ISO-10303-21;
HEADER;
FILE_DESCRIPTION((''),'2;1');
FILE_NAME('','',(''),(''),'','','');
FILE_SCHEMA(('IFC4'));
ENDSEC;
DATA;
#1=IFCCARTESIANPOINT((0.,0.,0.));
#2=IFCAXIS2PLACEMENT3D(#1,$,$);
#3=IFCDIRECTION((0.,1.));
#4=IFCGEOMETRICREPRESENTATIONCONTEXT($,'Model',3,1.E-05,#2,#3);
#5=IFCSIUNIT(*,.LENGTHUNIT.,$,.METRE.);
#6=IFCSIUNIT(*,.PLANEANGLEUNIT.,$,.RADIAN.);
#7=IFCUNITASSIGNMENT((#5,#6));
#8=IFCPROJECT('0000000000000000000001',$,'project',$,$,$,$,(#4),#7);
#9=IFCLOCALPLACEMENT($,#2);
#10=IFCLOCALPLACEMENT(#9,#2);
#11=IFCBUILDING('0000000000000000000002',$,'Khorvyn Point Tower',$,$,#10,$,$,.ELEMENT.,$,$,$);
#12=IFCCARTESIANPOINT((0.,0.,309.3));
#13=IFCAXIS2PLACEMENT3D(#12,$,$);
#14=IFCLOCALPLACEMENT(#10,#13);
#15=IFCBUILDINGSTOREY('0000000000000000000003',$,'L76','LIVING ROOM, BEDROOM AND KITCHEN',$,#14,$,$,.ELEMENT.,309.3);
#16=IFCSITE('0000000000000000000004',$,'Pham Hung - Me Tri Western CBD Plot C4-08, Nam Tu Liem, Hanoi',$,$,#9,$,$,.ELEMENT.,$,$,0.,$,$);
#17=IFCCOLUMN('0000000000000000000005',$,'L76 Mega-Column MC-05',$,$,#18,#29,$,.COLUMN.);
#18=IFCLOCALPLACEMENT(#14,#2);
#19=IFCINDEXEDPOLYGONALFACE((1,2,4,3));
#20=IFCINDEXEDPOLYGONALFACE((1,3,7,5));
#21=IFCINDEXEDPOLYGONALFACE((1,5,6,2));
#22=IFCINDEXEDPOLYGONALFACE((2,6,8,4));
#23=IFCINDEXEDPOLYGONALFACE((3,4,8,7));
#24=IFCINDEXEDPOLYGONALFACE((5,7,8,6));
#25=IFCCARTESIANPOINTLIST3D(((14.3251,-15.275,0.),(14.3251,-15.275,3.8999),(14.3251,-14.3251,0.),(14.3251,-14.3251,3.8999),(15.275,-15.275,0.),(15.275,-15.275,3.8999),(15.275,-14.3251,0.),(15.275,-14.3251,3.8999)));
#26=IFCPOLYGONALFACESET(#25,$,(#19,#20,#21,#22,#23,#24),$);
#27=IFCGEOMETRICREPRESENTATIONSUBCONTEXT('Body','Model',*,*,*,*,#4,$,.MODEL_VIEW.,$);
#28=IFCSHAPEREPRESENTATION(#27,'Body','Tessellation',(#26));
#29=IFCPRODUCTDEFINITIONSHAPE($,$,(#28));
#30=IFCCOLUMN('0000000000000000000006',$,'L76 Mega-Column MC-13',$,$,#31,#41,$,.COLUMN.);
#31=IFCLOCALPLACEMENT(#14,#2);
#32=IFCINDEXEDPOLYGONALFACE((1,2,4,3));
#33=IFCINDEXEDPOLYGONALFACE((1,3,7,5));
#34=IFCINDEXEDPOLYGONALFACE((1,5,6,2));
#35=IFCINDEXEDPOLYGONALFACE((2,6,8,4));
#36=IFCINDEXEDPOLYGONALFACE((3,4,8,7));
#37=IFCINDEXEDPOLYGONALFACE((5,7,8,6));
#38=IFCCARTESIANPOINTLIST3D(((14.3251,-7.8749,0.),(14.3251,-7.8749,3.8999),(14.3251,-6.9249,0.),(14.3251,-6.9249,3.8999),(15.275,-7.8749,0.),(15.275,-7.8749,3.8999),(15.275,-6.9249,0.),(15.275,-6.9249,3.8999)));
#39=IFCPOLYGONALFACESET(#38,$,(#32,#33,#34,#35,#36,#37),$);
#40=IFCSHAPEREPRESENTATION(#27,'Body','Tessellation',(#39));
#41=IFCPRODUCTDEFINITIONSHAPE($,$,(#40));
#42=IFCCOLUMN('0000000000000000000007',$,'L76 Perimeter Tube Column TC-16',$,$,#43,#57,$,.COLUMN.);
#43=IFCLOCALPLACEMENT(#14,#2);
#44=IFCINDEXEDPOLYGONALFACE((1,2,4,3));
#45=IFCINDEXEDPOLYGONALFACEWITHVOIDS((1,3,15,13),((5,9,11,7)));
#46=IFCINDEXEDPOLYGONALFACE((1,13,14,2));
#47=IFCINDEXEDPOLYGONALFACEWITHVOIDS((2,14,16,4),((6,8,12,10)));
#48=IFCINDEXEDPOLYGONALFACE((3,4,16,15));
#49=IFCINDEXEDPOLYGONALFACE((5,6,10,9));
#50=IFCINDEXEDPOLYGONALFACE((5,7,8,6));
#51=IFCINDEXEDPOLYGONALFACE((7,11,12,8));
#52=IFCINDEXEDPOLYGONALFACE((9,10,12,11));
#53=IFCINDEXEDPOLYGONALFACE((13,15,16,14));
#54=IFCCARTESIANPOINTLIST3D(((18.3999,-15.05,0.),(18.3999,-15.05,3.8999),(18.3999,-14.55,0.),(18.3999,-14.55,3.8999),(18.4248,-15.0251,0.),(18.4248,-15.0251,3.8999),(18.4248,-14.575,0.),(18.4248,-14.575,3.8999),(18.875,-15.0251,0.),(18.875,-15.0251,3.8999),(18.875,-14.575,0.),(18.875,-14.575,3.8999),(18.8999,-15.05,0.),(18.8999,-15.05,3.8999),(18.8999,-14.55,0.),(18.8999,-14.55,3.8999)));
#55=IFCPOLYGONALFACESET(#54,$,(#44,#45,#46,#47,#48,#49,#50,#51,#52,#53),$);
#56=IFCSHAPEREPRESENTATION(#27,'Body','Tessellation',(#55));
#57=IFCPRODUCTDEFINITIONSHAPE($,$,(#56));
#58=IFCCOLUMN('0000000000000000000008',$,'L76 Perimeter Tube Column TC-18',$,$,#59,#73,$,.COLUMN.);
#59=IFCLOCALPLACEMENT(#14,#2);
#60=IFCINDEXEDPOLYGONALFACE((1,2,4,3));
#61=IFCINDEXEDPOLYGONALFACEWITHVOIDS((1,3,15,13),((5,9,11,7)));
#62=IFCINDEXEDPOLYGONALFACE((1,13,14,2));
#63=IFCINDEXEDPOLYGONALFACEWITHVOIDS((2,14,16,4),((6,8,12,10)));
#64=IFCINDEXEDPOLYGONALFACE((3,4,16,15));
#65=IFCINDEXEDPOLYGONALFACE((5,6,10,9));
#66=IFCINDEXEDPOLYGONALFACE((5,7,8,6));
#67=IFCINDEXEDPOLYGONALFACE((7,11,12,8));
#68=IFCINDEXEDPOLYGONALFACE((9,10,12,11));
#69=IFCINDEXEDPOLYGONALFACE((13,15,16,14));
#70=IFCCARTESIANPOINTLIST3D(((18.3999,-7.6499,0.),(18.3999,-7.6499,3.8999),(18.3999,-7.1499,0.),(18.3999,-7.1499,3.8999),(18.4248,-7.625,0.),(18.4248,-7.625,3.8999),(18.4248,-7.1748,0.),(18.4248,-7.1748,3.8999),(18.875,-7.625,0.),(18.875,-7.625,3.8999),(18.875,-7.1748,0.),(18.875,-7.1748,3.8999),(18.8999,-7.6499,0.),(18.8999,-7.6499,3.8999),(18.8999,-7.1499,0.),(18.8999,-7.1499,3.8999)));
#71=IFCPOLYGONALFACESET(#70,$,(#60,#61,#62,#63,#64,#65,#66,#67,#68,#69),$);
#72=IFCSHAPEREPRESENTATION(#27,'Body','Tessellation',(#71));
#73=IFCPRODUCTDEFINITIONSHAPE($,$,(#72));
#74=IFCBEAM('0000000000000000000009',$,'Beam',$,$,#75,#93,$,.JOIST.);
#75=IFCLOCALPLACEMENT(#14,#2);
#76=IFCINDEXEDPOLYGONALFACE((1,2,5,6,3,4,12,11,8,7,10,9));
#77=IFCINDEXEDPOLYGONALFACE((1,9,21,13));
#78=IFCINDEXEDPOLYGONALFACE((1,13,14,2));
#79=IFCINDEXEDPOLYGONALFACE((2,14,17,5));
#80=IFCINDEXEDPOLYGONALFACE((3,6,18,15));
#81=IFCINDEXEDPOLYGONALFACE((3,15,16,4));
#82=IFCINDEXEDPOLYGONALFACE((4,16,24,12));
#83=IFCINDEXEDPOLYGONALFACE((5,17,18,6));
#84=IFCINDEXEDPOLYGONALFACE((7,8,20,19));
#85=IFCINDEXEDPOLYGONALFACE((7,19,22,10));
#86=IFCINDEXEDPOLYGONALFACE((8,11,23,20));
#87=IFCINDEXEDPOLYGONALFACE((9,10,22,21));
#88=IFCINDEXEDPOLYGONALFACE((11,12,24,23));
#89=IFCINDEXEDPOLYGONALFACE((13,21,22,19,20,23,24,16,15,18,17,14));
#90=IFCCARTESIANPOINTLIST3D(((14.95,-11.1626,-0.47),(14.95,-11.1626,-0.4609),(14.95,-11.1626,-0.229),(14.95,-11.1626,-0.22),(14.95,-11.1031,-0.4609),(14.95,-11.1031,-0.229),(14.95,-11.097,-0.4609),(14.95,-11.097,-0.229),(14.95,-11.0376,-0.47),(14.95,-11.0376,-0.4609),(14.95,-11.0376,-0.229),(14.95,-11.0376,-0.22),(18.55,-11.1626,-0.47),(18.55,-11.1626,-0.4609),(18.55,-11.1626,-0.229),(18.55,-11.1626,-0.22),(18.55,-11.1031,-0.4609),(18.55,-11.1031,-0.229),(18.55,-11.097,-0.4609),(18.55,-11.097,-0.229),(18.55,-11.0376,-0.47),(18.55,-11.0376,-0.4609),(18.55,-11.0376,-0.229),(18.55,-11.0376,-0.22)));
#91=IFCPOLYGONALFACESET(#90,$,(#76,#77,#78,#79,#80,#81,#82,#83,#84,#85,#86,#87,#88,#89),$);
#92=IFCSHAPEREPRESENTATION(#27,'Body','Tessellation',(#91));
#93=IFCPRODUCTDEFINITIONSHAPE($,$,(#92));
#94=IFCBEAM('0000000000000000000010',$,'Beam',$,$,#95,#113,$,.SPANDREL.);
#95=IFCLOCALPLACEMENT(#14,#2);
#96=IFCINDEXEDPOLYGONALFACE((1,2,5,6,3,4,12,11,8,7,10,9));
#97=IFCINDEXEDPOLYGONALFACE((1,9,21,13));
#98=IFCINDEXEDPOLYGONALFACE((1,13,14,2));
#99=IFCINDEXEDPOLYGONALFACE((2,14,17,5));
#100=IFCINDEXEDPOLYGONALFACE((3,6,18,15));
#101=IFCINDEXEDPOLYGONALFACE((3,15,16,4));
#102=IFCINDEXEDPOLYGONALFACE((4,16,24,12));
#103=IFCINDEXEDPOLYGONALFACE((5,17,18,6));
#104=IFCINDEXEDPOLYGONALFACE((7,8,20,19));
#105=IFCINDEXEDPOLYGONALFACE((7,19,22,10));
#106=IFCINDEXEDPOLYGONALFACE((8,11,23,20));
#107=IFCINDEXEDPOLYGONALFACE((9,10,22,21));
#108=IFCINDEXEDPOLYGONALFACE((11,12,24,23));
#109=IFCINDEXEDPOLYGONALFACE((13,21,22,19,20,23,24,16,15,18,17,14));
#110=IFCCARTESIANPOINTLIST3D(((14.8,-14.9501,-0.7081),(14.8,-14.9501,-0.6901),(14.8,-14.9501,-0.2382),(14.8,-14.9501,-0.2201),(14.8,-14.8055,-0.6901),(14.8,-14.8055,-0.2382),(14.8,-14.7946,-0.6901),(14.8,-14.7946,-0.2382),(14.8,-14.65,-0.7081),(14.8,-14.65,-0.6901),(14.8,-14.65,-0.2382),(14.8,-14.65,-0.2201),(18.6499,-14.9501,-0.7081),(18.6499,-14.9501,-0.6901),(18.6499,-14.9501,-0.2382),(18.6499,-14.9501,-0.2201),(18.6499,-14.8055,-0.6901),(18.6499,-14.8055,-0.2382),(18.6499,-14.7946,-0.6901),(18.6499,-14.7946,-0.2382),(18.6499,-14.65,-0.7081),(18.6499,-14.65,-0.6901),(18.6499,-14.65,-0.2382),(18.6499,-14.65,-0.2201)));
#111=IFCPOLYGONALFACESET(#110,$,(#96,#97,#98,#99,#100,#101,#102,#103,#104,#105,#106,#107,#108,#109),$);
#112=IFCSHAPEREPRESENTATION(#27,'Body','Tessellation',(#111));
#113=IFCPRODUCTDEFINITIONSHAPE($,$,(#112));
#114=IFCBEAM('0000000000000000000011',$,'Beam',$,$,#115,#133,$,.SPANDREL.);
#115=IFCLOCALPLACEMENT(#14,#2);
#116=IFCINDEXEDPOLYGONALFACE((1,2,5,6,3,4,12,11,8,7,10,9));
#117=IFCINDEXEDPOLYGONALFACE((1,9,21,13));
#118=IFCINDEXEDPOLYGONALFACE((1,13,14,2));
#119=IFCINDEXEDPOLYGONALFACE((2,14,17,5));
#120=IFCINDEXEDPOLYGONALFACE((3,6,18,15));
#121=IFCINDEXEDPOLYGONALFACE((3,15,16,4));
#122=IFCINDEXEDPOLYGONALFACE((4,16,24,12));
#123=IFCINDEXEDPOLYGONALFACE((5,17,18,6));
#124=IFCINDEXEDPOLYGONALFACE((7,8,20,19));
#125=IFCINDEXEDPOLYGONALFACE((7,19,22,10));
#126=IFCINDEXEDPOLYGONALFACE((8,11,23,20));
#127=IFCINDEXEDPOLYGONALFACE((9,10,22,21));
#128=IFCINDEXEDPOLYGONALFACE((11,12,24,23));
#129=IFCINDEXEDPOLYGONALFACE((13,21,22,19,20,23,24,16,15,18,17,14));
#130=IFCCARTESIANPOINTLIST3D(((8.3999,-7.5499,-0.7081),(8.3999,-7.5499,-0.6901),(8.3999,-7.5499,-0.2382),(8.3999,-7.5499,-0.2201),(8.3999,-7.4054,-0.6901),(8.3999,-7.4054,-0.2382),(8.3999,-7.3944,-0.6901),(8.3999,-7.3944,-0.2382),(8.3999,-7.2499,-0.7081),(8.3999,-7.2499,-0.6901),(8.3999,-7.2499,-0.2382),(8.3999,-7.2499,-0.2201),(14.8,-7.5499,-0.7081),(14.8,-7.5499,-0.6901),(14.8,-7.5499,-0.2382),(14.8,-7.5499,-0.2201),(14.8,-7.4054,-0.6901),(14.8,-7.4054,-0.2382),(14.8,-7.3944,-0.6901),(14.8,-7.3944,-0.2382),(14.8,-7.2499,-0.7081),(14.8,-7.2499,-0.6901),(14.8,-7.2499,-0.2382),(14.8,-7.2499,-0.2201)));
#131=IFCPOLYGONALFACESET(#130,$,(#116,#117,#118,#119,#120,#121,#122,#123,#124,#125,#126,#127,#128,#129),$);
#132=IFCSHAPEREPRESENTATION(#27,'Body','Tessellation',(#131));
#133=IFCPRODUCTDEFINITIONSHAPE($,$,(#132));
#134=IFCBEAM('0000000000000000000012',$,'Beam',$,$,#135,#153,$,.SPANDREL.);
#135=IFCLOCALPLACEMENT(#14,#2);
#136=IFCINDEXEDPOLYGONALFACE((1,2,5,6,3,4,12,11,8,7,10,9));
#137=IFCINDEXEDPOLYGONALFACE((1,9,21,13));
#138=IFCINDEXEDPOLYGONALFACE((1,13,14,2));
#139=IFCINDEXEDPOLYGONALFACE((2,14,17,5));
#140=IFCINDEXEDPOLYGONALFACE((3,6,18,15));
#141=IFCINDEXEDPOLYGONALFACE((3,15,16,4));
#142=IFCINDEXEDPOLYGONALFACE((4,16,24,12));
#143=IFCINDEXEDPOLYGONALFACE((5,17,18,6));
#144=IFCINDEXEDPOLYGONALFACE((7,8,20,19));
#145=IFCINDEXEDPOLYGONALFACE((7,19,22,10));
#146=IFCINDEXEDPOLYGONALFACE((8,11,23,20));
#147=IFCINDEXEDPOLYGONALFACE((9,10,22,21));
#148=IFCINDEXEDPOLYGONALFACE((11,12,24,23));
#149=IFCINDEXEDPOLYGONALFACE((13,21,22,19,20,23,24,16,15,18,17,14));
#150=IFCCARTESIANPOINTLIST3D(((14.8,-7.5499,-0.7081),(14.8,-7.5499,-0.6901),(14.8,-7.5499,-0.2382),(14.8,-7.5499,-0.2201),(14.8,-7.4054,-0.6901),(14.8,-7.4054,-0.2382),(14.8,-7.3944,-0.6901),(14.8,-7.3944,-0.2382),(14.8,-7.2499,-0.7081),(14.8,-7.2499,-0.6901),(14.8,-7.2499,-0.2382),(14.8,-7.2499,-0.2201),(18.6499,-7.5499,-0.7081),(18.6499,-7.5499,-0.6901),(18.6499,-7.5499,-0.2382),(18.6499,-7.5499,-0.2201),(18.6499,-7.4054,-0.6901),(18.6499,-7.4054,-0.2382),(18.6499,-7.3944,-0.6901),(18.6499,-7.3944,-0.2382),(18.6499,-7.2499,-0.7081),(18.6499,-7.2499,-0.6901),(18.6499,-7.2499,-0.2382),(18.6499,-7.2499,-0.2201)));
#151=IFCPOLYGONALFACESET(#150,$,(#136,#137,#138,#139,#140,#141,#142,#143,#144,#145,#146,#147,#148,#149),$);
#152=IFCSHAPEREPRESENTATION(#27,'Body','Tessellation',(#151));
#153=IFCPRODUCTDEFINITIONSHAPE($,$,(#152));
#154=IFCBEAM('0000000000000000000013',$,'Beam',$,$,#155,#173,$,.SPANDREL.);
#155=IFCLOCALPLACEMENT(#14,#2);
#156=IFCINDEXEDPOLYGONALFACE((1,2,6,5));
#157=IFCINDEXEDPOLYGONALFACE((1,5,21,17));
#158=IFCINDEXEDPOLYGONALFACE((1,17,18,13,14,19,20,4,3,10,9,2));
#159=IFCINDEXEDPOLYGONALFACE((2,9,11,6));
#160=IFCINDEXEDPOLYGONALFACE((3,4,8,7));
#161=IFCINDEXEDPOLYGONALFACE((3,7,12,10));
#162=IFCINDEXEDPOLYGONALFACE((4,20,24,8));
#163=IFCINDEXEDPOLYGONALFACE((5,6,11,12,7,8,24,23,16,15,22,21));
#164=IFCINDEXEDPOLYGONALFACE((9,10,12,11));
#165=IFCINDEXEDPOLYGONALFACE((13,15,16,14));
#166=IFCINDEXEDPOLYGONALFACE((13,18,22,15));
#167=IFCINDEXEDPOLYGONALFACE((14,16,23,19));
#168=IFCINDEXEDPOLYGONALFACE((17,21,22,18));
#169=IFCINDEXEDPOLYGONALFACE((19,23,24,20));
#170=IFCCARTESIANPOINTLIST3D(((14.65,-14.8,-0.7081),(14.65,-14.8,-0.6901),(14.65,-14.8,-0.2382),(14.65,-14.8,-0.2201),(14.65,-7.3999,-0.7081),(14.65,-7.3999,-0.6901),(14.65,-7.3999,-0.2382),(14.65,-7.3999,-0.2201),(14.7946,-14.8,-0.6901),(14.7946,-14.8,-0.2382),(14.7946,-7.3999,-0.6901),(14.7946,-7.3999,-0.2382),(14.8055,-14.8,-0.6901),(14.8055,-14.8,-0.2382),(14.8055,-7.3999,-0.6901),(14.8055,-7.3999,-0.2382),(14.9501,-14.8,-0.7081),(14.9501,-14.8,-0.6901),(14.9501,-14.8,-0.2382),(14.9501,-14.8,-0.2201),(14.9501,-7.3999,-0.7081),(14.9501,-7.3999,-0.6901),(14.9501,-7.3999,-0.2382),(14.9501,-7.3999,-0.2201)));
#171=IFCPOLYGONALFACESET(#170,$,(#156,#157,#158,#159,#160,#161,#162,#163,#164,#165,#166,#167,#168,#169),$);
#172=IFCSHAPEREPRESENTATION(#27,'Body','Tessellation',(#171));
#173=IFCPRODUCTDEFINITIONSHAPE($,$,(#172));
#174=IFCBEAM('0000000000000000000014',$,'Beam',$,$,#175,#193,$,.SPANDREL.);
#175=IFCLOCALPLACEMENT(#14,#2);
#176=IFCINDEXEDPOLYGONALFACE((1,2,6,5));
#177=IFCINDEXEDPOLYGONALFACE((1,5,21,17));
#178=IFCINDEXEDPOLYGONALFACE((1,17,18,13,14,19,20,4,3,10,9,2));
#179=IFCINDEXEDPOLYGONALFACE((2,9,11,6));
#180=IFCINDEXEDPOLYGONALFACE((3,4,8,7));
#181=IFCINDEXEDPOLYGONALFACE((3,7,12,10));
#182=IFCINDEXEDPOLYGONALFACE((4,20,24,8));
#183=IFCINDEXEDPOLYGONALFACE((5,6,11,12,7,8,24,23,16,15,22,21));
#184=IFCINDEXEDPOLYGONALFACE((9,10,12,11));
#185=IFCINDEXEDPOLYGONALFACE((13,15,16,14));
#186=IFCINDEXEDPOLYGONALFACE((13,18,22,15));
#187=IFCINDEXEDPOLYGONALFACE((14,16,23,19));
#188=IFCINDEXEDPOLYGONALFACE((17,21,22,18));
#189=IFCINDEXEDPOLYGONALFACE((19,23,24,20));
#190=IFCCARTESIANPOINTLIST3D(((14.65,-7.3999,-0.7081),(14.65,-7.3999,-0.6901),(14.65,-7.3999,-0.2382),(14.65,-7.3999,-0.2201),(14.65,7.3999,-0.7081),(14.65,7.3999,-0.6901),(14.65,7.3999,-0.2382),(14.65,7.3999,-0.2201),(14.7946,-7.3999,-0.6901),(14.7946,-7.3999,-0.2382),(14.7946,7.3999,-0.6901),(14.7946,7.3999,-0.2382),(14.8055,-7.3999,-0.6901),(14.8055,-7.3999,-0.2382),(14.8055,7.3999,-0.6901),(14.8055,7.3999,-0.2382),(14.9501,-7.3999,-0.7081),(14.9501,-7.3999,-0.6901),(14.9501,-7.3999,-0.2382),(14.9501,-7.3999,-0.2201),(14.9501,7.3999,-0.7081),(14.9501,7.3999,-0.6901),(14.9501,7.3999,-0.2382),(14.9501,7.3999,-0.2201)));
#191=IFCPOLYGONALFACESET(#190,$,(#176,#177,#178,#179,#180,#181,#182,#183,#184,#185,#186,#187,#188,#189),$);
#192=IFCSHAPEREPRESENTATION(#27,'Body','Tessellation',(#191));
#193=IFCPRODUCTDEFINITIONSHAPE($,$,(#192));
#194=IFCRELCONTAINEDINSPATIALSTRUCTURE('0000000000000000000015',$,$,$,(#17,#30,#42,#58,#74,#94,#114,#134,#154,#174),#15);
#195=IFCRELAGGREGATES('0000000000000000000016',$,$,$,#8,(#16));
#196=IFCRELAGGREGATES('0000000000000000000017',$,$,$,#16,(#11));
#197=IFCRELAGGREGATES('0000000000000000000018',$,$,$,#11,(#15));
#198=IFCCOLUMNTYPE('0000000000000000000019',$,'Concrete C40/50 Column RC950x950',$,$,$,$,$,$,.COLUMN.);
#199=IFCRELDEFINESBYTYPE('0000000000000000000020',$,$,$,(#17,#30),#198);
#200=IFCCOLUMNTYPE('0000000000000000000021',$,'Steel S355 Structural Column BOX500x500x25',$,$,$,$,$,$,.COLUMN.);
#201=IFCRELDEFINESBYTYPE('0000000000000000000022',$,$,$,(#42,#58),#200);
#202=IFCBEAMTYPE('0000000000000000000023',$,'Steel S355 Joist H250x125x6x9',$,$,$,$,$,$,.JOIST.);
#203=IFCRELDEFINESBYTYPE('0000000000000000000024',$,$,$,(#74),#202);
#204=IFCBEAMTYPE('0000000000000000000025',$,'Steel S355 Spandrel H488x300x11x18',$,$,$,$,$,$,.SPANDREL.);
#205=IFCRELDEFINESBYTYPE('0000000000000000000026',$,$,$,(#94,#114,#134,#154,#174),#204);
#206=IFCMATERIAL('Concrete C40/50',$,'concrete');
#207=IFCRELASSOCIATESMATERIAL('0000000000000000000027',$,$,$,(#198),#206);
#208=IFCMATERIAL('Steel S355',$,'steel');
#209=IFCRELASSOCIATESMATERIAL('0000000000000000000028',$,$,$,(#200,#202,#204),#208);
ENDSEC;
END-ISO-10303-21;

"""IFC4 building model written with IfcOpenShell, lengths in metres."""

from ifc_helpers import new_model, si_unit, direction, frame, origin, origin_2d, place, context, subcontext, project, spatial, rectangle, hollow_rectangle, i_section, extrude, material, material_profile, profile_set, type_object, element, save


model = new_model("IFC4")

# Units and contexts
model_context = context("Model", 3, precision=1e-05, world=origin(), true_north=direction((0.0, 1.0)))
body_context = subcontext(model_context, "Body", "Model", "MODEL_VIEW")
ifc_project = project(units=[si_unit("LENGTHUNIT", "METRE"), si_unit("PLANEANGLEUNIT", "RADIAN")], contexts=[model_context])

# Site, building, storey
site_placement = place(None, origin())
site = spatial("IfcSite", under=ifc_project, at=site_placement, Name="Pham Hung - Me Tri Western CBD Plot C4-08, Nam Tu Liem, Hanoi", CompositionType="ELEMENT", RefElevation=0.0)
building_placement = place(site_placement, origin())
building = spatial("IfcBuilding", under=site, at=building_placement, Name="Khorvyn Point Tower", CompositionType="ELEMENT")
storey_placement = place(building_placement, frame((0.0, 0.0, 309.3)))
storey = spatial("IfcBuildingStorey", under=building, at=storey_placement, Name="L76", Description="LIVING ROOM, BEDROOM AND KITCHEN", CompositionType="ELEMENT", Elevation=309.3)

# Columns
ifc_material_1 = material(Name="Concrete C40/50", Category="concrete")
ifc_material_profile_1 = material_profile(ifc_material_1, rectangle(XDim=0.95, YDim=0.95, at=origin_2d()))
ifc_profile_set_1 = profile_set([ifc_material_profile_1], Name="Concrete C40/50 RC950x950")
column_type_1 = type_object("IfcColumnType", Name="Concrete C40/50 Column RC950x950", PredefinedType="COLUMN", material=ifc_profile_set_1)
for number, where, z_axis, x_axis, name in (
    (1, (14.8, -14.8, 0.0), (0.0, 0.0, 1.0), (1.0, 0.0, 0.0), "L76 Mega-Column MC-05"),
    (2, (14.8, -7.3999, 0.0), (0.0, 0.0, 1.0), (1.0, 0.0, 0.0), "L76 Mega-Column MC-13"),
):
    element("IfcColumn", number, at=place(storey_placement, frame(where, z_axis=z_axis, x_axis=x_axis)), inside=storey, type_object=column_type_1, Name=name, PredefinedType="COLUMN", context=body_context, shape_type="SweptSolid", body=[
        extrude(rectangle(XDim=0.95, YDim=0.95, at=origin_2d()), origin(), (0.0, 0.0, 1.0), 3.8999),
    ])
ifc_material_2 = material(Name="Steel S355", Category="steel")
ifc_material_profile_2 = material_profile(ifc_material_2, hollow_rectangle(XDim=0.5, YDim=0.5, WallThickness=0.0249, at=origin_2d()))
ifc_profile_set_2 = profile_set([ifc_material_profile_2], Name="Steel S355 BOX500x500x25")
column_type_2 = type_object("IfcColumnType", Name="Steel S355 Structural Column BOX500x500x25", PredefinedType="COLUMN", material=ifc_profile_set_2)
for number, where, z_axis, x_axis, name in (
    (3, (18.6499, -14.8, 0.0), (0.0, 0.0, 1.0), (1.0, 0.0, 0.0), "L76 Perimeter Tube Column TC-16"),
    (4, (18.6499, -7.3999, 0.0), (0.0, 0.0, 1.0), (1.0, 0.0, 0.0), "L76 Perimeter Tube Column TC-18"),
):
    element("IfcColumn", number, at=place(storey_placement, frame(where, z_axis=z_axis, x_axis=x_axis)), inside=storey, type_object=column_type_2, Name=name, PredefinedType="COLUMN", context=body_context, shape_type="SweptSolid", body=[
        extrude(hollow_rectangle(XDim=0.5, YDim=0.5, WallThickness=0.0249, at=origin_2d()), origin(), (0.0, 0.0, 1.0), 3.8999),
    ])

# Beams
ifc_material_profile_3 = material_profile(ifc_material_2, i_section(OverallWidth=0.125, OverallDepth=0.25, WebThickness=0.0061, FlangeThickness=0.009, at=origin_2d()))
ifc_profile_set_3 = profile_set([ifc_material_profile_3], Name="Steel S355 H250x125x6x9")
beam_type_1 = type_object("IfcBeamType", Name="Steel S355 Joist H250x125x6x9", PredefinedType="JOIST", material=ifc_profile_set_3)
beam_1_placement = place(storey_placement, frame((14.95, -11.1001, -0.345), z_axis=(1.0, 0.0, 0.0), x_axis=(0.0, 1.0, 0.0)))
element("IfcBeam", 5, at=beam_1_placement, inside=storey, type_object=beam_type_1, Name="Beam", PredefinedType="JOIST", context=body_context, shape_type="SweptSolid", body=[
    extrude(i_section(OverallWidth=0.125, OverallDepth=0.25, WebThickness=0.0061, FlangeThickness=0.009, at=origin_2d()), origin(), (0.0, 0.0, 1.0), 3.6001),
])
ifc_material_profile_4 = material_profile(ifc_material_2, i_section(OverallWidth=0.3, OverallDepth=0.488, WebThickness=0.011, FlangeThickness=0.0181, at=origin_2d()))
ifc_profile_set_4 = profile_set([ifc_material_profile_4], Name="Steel S355 H488x300x11x18")
beam_type_2 = type_object("IfcBeamType", Name="Steel S355 Spandrel H488x300x11x18", PredefinedType="SPANDREL", material=ifc_profile_set_4)
beam_2_placement = place(storey_placement, frame((14.8, -14.8, -0.4641), z_axis=(1.0, 0.0, 0.0), x_axis=(0.0, 1.0, 0.0)))
element("IfcBeam", 6, at=beam_2_placement, inside=storey, type_object=beam_type_2, Name="Beam", PredefinedType="SPANDREL", context=body_context, shape_type="SweptSolid", body=[
    extrude(i_section(OverallWidth=0.3, OverallDepth=0.488, WebThickness=0.011, FlangeThickness=0.0181, at=origin_2d()), origin(), (0.0, 0.0, 1.0), 3.8499),
])
beam_3_placement = place(storey_placement, frame((8.3999, -7.3999, -0.4641), z_axis=(1.0, 0.0, 0.0), x_axis=(0.0, 1.0, 0.0)))
element("IfcBeam", 7, at=beam_3_placement, inside=storey, type_object=beam_type_2, Name="Beam", PredefinedType="SPANDREL", context=body_context, shape_type="SweptSolid", body=[
    extrude(i_section(OverallWidth=0.3, OverallDepth=0.488, WebThickness=0.011, FlangeThickness=0.0181, at=origin_2d()), origin(), (0.0, 0.0, 1.0), 6.4001),
])
beam_4_placement = place(storey_placement, frame((14.8, -7.3999, -0.4641), z_axis=(1.0, 0.0, 0.0), x_axis=(0.0, 1.0, 0.0)))
element("IfcBeam", 8, at=beam_4_placement, inside=storey, type_object=beam_type_2, Name="Beam", PredefinedType="SPANDREL", context=body_context, shape_type="SweptSolid", body=[
    extrude(i_section(OverallWidth=0.3, OverallDepth=0.488, WebThickness=0.011, FlangeThickness=0.0181, at=origin_2d()), origin(), (0.0, 0.0, 1.0), 3.8499),
])
beam_5_placement = place(storey_placement, frame((14.8, -14.8, -0.4641), z_axis=(0.0, 1.0, 0.0), x_axis=(-1.0, 0.0, 0.0)))
element("IfcBeam", 9, at=beam_5_placement, inside=storey, type_object=beam_type_2, Name="Beam", PredefinedType="SPANDREL", context=body_context, shape_type="SweptSolid", body=[
    extrude(i_section(OverallWidth=0.3, OverallDepth=0.488, WebThickness=0.011, FlangeThickness=0.0181, at=origin_2d()), origin(), (0.0, 0.0, 1.0), 7.4001),
])
beam_6_placement = place(storey_placement, frame((14.8, -7.3999, -0.4641), z_axis=(0.0, 1.0, 0.0), x_axis=(-1.0, 0.0, 0.0)))
element("IfcBeam", 10, at=beam_6_placement, inside=storey, type_object=beam_type_2, Name="Beam", PredefinedType="SPANDREL", context=body_context, shape_type="SweptSolid", body=[
    extrude(i_section(OverallWidth=0.3, OverallDepth=0.488, WebThickness=0.011, FlangeThickness=0.0181, at=origin_2d()), origin(), (0.0, 0.0, 1.0), 14.7998),
])

save(model, "model.ifc")
